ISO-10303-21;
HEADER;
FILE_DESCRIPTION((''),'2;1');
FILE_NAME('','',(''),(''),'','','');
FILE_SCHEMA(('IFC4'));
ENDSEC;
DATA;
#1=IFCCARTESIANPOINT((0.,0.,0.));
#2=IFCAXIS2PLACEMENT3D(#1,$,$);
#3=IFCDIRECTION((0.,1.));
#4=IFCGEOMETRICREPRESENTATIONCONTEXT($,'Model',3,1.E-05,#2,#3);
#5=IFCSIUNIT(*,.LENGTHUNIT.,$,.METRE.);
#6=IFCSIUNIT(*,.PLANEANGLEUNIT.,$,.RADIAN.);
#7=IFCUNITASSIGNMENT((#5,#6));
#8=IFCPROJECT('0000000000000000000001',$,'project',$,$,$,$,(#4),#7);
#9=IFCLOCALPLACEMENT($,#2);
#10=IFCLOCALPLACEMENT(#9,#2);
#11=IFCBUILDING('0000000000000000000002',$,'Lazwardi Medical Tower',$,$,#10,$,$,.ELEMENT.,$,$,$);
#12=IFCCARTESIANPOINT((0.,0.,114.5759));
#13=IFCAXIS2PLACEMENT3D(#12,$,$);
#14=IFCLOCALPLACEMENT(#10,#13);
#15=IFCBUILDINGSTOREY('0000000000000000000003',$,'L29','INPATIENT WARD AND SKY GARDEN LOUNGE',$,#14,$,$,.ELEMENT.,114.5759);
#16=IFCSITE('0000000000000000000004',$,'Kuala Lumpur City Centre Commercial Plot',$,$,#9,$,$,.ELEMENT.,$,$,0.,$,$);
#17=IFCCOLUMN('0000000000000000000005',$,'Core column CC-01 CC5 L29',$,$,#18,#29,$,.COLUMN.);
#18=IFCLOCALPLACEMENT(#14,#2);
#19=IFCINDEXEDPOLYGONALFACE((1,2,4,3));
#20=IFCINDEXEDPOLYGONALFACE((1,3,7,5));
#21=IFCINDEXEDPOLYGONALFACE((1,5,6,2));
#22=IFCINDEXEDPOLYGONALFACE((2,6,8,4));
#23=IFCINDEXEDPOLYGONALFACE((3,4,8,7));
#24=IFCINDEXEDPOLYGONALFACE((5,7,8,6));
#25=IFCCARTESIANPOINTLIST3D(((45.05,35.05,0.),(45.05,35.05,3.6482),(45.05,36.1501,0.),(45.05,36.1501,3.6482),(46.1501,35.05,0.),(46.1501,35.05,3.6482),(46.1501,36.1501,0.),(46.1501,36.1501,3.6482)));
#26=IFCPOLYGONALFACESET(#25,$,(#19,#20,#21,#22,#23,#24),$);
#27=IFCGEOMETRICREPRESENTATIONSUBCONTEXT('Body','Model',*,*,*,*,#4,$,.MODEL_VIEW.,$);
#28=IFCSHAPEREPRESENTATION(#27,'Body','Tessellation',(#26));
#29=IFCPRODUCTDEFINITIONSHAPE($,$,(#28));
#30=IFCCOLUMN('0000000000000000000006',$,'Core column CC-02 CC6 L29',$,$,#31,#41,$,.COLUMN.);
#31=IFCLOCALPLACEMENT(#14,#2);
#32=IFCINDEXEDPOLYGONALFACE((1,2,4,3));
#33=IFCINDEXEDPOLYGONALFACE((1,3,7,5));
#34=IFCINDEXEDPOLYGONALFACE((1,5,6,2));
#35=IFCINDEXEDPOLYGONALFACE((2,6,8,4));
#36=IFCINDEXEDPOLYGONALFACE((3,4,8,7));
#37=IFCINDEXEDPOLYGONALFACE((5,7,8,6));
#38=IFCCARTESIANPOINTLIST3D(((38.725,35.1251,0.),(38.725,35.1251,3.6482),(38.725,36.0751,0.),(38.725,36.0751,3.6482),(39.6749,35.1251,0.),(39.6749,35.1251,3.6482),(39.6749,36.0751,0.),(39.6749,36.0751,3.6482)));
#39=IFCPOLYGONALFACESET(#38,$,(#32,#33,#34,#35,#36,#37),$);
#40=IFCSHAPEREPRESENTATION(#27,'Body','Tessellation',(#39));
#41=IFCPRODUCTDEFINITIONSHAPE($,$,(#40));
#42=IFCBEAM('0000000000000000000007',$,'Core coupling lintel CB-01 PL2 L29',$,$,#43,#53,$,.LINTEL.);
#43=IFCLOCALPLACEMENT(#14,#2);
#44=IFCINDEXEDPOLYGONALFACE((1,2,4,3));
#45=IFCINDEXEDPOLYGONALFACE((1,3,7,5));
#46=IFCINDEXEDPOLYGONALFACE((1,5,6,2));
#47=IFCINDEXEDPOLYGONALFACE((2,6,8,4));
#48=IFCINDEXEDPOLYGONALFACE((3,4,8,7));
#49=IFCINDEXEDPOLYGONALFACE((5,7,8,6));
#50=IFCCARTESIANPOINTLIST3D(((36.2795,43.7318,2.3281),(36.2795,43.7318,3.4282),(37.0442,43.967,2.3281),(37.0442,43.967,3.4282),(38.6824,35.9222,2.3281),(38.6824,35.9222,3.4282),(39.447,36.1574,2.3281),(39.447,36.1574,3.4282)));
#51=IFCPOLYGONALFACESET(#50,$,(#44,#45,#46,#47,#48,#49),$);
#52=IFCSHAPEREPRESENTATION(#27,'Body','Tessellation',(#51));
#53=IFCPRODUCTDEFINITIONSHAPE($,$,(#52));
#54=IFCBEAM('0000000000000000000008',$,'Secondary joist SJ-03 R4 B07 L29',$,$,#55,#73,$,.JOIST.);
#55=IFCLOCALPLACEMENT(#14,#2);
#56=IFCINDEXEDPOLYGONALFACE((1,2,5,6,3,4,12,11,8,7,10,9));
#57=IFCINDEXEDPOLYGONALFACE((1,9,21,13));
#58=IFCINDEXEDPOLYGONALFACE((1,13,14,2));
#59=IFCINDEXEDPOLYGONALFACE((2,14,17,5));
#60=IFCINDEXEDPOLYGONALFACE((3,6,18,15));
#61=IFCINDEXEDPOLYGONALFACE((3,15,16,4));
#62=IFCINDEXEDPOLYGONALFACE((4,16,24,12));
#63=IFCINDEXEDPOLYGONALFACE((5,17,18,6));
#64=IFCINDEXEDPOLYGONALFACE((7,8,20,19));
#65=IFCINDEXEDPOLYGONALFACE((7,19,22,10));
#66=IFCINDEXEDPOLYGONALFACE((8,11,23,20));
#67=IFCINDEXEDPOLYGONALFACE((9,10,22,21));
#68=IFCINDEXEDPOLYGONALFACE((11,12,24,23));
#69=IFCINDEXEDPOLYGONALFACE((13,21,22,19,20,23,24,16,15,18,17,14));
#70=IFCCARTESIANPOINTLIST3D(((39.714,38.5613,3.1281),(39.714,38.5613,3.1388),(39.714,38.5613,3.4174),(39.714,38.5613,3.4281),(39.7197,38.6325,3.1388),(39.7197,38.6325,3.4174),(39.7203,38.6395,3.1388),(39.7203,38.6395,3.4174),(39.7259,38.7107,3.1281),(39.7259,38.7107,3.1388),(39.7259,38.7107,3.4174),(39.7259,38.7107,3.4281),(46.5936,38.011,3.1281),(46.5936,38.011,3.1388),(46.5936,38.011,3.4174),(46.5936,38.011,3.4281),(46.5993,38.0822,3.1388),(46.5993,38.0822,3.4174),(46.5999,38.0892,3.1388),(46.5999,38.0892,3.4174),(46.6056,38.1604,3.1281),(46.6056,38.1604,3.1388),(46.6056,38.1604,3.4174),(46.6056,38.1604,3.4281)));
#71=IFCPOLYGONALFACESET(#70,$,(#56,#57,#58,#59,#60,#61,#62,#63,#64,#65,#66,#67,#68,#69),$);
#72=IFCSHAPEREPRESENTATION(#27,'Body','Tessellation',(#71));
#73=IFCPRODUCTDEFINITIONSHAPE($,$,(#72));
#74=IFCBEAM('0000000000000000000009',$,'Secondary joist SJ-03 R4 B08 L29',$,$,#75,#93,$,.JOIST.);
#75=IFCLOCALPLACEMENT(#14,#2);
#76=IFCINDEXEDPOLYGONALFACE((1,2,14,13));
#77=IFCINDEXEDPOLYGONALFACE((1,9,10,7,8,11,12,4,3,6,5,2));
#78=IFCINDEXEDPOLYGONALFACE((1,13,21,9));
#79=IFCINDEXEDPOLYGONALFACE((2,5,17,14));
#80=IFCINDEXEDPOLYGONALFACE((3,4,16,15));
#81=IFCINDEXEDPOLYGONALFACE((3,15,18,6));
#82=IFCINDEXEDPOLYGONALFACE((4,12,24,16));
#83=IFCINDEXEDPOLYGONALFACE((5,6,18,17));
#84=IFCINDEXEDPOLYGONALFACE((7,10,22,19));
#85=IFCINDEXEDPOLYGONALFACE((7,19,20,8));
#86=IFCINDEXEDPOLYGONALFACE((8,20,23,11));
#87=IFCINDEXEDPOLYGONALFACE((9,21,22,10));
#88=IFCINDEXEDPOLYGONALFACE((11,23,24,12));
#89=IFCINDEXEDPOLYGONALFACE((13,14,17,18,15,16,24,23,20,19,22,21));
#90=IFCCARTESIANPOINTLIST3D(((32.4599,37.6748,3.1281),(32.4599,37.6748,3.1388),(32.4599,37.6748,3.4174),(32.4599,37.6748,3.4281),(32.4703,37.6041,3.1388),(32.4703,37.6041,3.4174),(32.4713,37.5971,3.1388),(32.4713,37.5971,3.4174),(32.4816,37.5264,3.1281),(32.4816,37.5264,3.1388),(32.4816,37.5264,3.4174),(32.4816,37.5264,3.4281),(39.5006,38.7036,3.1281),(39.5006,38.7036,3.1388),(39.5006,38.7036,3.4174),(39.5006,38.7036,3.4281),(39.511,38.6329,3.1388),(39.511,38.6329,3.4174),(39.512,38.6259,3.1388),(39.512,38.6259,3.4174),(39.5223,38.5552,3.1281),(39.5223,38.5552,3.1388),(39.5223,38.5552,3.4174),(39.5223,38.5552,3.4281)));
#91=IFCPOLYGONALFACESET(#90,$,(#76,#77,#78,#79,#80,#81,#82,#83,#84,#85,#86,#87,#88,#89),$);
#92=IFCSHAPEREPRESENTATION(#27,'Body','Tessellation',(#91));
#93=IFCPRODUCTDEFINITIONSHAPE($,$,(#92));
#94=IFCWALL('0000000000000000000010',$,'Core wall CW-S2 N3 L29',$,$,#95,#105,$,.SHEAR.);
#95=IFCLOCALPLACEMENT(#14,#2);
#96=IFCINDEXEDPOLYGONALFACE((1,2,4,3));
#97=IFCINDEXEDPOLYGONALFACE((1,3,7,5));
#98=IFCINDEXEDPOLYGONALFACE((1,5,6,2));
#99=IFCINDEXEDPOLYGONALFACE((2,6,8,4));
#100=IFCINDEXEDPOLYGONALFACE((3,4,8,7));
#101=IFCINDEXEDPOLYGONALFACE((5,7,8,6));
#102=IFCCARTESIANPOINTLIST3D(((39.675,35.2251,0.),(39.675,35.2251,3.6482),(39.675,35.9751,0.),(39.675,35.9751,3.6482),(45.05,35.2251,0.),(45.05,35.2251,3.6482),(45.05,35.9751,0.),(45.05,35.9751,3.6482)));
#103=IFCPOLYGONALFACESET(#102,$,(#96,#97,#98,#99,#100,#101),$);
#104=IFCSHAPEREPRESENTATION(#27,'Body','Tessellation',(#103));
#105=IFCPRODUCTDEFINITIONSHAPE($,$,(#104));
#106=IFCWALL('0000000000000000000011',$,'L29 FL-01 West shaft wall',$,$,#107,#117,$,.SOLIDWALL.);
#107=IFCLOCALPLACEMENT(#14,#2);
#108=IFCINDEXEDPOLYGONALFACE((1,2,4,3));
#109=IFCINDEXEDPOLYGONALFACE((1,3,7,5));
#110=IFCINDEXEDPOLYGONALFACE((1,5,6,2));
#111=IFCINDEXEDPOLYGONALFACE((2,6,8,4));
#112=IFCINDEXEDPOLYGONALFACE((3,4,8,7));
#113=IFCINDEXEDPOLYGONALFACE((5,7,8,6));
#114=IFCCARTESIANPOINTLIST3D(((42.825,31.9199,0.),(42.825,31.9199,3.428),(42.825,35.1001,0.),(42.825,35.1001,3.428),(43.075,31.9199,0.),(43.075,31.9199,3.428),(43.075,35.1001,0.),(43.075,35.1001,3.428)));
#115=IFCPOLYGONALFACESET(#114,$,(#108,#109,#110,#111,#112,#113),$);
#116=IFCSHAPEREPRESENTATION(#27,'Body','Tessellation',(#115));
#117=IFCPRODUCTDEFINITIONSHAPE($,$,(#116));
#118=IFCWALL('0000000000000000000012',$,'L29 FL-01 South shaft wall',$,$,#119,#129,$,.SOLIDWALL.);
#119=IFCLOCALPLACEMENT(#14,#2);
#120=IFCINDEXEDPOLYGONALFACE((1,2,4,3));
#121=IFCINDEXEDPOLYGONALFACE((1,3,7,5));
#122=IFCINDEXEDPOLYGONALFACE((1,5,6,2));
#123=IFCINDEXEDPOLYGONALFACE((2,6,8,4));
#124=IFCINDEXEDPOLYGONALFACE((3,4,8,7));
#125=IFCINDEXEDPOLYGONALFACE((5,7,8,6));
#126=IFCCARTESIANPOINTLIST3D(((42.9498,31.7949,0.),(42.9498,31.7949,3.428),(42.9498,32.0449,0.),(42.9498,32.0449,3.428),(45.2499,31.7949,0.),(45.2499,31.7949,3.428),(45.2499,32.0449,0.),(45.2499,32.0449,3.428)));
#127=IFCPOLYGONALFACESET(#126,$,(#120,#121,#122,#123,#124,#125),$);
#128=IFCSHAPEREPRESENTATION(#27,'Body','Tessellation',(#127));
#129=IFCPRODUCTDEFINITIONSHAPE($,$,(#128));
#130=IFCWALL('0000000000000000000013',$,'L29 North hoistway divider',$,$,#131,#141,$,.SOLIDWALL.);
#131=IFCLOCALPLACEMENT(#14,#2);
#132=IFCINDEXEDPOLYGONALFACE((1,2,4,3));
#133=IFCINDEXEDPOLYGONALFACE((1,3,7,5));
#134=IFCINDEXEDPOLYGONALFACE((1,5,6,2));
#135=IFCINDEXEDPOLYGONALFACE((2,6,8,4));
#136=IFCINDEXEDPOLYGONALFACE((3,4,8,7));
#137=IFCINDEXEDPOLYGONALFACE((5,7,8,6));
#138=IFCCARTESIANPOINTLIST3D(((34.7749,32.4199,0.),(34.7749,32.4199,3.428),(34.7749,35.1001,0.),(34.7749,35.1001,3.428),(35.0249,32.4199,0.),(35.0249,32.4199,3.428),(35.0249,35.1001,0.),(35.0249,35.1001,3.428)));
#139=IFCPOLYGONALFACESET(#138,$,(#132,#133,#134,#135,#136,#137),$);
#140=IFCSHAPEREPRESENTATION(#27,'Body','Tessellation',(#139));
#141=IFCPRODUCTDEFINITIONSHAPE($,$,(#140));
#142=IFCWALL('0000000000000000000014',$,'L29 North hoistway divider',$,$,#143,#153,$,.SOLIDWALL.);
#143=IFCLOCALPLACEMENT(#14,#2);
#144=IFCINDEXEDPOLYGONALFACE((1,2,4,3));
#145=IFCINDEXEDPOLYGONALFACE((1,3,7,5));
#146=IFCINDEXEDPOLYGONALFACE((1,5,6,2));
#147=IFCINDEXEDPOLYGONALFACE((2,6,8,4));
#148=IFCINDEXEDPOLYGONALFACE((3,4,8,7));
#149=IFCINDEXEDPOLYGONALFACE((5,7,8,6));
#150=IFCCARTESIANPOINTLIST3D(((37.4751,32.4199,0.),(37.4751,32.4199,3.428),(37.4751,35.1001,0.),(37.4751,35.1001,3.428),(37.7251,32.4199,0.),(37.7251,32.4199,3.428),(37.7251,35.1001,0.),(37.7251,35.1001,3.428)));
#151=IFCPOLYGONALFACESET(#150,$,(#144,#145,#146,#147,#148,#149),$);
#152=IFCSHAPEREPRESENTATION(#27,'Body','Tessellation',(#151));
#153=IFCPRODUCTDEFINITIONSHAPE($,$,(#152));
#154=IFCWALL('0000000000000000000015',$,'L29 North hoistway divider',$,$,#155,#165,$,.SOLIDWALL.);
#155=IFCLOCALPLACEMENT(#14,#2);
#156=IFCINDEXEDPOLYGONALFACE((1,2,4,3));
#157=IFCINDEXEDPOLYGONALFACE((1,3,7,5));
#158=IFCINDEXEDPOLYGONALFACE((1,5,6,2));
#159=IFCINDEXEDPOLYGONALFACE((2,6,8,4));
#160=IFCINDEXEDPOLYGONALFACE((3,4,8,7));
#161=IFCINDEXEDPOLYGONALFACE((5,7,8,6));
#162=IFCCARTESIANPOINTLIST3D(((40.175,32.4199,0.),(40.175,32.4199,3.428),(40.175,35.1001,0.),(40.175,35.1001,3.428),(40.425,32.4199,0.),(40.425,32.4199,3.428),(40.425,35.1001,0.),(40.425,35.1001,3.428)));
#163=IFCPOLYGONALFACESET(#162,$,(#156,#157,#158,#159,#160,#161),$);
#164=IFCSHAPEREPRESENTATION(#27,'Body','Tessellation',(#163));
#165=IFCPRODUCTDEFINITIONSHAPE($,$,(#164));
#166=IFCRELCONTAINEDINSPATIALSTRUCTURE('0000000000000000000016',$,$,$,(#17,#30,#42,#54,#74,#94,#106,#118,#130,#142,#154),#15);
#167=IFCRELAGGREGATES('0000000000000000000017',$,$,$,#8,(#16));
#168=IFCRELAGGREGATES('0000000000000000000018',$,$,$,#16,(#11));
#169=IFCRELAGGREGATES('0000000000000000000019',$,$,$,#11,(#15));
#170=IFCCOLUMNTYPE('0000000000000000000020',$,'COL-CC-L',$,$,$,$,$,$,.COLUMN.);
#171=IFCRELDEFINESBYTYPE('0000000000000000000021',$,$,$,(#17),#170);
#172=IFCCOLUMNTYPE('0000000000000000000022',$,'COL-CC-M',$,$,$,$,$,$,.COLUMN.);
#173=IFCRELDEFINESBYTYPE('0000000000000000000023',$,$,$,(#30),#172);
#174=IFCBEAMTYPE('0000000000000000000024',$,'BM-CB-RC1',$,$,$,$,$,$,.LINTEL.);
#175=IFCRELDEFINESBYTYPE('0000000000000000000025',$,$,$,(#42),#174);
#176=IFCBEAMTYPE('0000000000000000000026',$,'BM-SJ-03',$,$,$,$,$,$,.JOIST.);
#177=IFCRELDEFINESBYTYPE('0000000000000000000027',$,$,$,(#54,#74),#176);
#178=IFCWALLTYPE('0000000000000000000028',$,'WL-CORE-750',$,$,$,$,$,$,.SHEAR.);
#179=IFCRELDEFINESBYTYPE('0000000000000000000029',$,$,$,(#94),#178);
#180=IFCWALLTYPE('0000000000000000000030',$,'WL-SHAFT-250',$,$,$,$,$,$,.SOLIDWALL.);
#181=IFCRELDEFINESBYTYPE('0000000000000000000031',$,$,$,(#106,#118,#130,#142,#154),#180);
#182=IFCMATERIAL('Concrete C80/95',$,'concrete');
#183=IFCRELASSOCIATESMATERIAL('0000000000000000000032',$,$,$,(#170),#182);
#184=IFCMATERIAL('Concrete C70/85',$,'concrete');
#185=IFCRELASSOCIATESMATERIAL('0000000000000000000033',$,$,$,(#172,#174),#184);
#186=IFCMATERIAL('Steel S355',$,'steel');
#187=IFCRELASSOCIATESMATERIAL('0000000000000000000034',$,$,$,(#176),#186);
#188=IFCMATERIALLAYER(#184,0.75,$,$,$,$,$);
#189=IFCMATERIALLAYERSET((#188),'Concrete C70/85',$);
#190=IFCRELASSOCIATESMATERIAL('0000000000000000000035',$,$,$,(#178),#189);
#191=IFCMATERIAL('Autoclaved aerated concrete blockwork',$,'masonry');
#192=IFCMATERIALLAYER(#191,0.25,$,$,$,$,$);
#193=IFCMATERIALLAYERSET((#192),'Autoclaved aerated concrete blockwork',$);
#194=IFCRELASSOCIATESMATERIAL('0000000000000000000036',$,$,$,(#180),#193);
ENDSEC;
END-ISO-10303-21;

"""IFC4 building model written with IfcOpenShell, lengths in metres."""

from ifc_helpers import new_model, si_unit, direction, frame, frame_2d, origin, origin_2d, place, context, subcontext, project, spatial, rectangle, i_section, extrude, material, layer, layer_set, material_profile, profile_set, type_object, element, save


model = new_model("IFC4")

# Units and contexts
model_context = context("Model", 3, precision=1e-05, world=origin(), true_north=direction((0.0, 1.0)))
body_context = subcontext(model_context, "Body", "Model", "MODEL_VIEW")
ifc_project = project(units=[si_unit("LENGTHUNIT", "METRE"), si_unit("PLANEANGLEUNIT", "RADIAN")], contexts=[model_context])

# Site, building, storey
site_placement = place(None, origin())
site = spatial("IfcSite", under=ifc_project, at=site_placement, Name="Kuala Lumpur City Centre Commercial Plot", CompositionType="ELEMENT", RefElevation=0.0)
building_placement = place(site_placement, origin())
building = spatial("IfcBuilding", under=site, at=building_placement, Name="Lazwardi Medical Tower", CompositionType="ELEMENT")
storey_placement = place(building_placement, frame((0.0, 0.0, 114.5759)))
storey = spatial("IfcBuildingStorey", under=building, at=storey_placement, Name="L29", Description="INPATIENT WARD AND SKY GARDEN LOUNGE", CompositionType="ELEMENT", Elevation=114.5759)

# Columns
ifc_material_1 = material(Name="Concrete C80/95", Category="concrete")
ifc_material_profile_1 = material_profile(ifc_material_1, rectangle(XDim=1.1001, YDim=1.1001, at=origin_2d()), Name="RC 1100x1100")
ifc_profile_set_1 = profile_set([ifc_material_profile_1], Name="Concrete C80/95")
column_type_1 = type_object("IfcColumnType", Name="COL-CC-L", PredefinedType="COLUMN", material=ifc_profile_set_1)
column_1_placement = place(storey_placement, frame((45.6001, 35.6001, 0.0), z_axis=(0.0, 0.0, 1.0), x_axis=(1.0, 0.0, 0.0)))
element("IfcColumn", 1, at=column_1_placement, inside=storey, type_object=column_type_1, Name="Core column CC-01 CC5 L29", PredefinedType="COLUMN", context=body_context, shape_type="SweptSolid", body=[
    extrude(rectangle(XDim=1.1001, YDim=1.1001, at=origin_2d()), origin(), (0.0, 0.0, 1.0), 3.6482),
])
ifc_material_2 = material(Name="Concrete C70/85", Category="concrete")
ifc_material_profile_2 = material_profile(ifc_material_2, rectangle(XDim=0.95, YDim=0.95, at=origin_2d()), Name="RC 950x950")
ifc_profile_set_2 = profile_set([ifc_material_profile_2], Name="Concrete C70/85")
column_type_2 = type_object("IfcColumnType", Name="COL-CC-M", PredefinedType="COLUMN", material=ifc_profile_set_2)
column_2_placement = place(storey_placement, frame((39.2, 35.6001, 0.0), z_axis=(0.0, 0.0, 1.0), x_axis=(1.0, 0.0, 0.0)))
element("IfcColumn", 2, at=column_2_placement, inside=storey, type_object=column_type_2, Name="Core column CC-02 CC6 L29", PredefinedType="COLUMN", context=body_context, shape_type="SweptSolid", body=[
    extrude(rectangle(XDim=0.95, YDim=0.95, at=origin_2d()), origin(), (0.0, 0.0, 1.0), 3.6482),
])

# Beams
ifc_material_profile_3 = material_profile(ifc_material_2, rectangle(XDim=0.8, YDim=1.1001, at=origin_2d()), Name="RC 800x1100")
ifc_profile_set_3 = profile_set([ifc_material_profile_3], Name="Concrete C70/85")
beam_type_1 = type_object("IfcBeamType", Name="BM-CB-RC1", PredefinedType="LINTEL", material=ifc_profile_set_3)
beam_1_placement = place(storey_placement, frame((39.0647, 36.0398, 2.8782), z_axis=(-0.294073, 0.955783, 0.0), x_axis=(-0.955783, -0.294073, 0.0)))
element("IfcBeam", 3, at=beam_1_placement, inside=storey, type_object=beam_type_1, Name="Core coupling lintel CB-01 PL2 L29", PredefinedType="LINTEL", context=body_context, shape_type="SweptSolid", body=[
    extrude(rectangle(XDim=0.8, YDim=1.1001, at=origin_2d()), origin(), (0.0, 0.0, 1.0), 8.1709),
])
ifc_material_3 = material(Name="Steel S355", Category="steel")
ifc_material_profile_4 = material_profile(ifc_material_3, i_section(OverallWidth=0.1499, OverallDepth=0.3, WebThickness=0.0071, FlangeThickness=0.0107, at=origin_2d()), Name="IPE 300")
ifc_profile_set_4 = profile_set([ifc_material_profile_4], Name="Steel S355")
beam_type_2 = type_object("IfcBeamType", Name="BM-SJ-03", PredefinedType="JOIST", material=ifc_profile_set_4)
beam_2_placement = place(storey_placement, frame((46.5996, 38.0857, 3.2781), z_axis=(-0.996816, 0.079734, 0.0), x_axis=(-0.079734, -0.996816, 0.0)))
element("IfcBeam", 4, at=beam_2_placement, inside=storey, type_object=beam_type_2, Name="Secondary joist SJ-03 R4 B07 L29", PredefinedType="JOIST", context=body_context, shape_type="SweptSolid", body=[
    extrude(i_section(OverallWidth=0.1499, OverallDepth=0.3, WebThickness=0.0071, FlangeThickness=0.0107, at=origin_2d()), origin(), (0.0, 0.0, 1.0), 6.9016),
])
beam_3_placement = place(storey_placement, frame((39.5115, 38.6294, 3.2781), z_axis=(-0.989492, -0.144586, 0.0), x_axis=(0.144586, -0.989492, 0.0)))
element("IfcBeam", 5, at=beam_3_placement, inside=storey, type_object=beam_type_2, Name="Secondary joist SJ-03 R4 B08 L29", PredefinedType="JOIST", context=body_context, shape_type="SweptSolid", body=[
    extrude(i_section(OverallWidth=0.1499, OverallDepth=0.3, WebThickness=0.0071, FlangeThickness=0.0107, at=origin_2d()), origin(), (0.0, 0.0, 1.0), 7.1155),
])

# Walls
ifc_layer_1 = layer(ifc_material_2, 0.75)
ifc_layer_set_1 = layer_set([ifc_layer_1], Name="Concrete C70/85")
wall_type_1 = type_object("IfcWallType", Name="WL-CORE-750", PredefinedType="SHEAR", material=ifc_layer_set_1)
wall_1_placement = place(storey_placement, frame((39.675, 35.6001, 0.0), z_axis=(0.0, 0.0, 1.0), x_axis=(1.0, 0.0, 0.0)))
element("IfcWall", 6, at=wall_1_placement, inside=storey, type_object=wall_type_1, Name="Core wall CW-S2 N3 L29", PredefinedType="SHEAR", context=body_context, shape_type="SweptSolid", body=[
    extrude(rectangle(XDim=5.375, YDim=0.75, at=frame_2d((2.6875, 0.0))), origin(), (0.0, 0.0, 1.0), 3.6482),
])
ifc_material_4 = material(Name="Autoclaved aerated concrete blockwork", Category="masonry")
ifc_layer_2 = layer(ifc_material_4, 0.25)
ifc_layer_set_2 = layer_set([ifc_layer_2], Name="Autoclaved aerated concrete blockwork")
wall_type_2 = type_object("IfcWallType", Name="WL-SHAFT-250", PredefinedType="SOLIDWALL", material=ifc_layer_set_2)
wall_2_placement = place(storey_placement, frame((42.95, 31.9199, 0.0), z_axis=(0.0, 0.0, 1.0), x_axis=(0.0, 1.0, 0.0)))
element("IfcWall", 7, at=wall_2_placement, inside=storey, type_object=wall_type_2, Name="L29 FL-01 West shaft wall", PredefinedType="SOLIDWALL", context=body_context, shape_type="SweptSolid", body=[
    extrude(rectangle(XDim=3.1802, YDim=0.25, at=frame_2d((1.5901, 0.0))), origin(), (0.0, 0.0, 1.0), 3.428),
])
wall_3_placement = place(storey_placement, frame((42.95, 31.9199, 0.0), z_axis=(0.0, 0.0, 1.0), x_axis=(1.0, 0.0, 0.0)))
element("IfcWall", 8, at=wall_3_placement, inside=storey, type_object=wall_type_2, Name="L29 FL-01 South shaft wall", PredefinedType="SOLIDWALL", context=body_context, shape_type="SweptSolid", body=[
    extrude(rectangle(XDim=2.3, YDim=0.25, at=frame_2d((1.1499, 0.0))), origin(), (0.0, 0.0, 1.0), 3.428),
])
for number, where, z_axis, x_axis, name in (
    (9, (34.8999, 32.4199, 0.0), (0.0, 0.0, 1.0), (0.0, 1.0, 0.0), "L29 North hoistway divider"),
    (10, (37.6001, 32.4199, 0.0), (0.0, 0.0, 1.0), (0.0, 1.0, 0.0), "L29 North hoistway divider"),
    (11, (40.3, 32.4199, 0.0), (0.0, 0.0, 1.0), (0.0, 1.0, 0.0), "L29 North hoistway divider"),
):
    element("IfcWall", number, at=place(storey_placement, frame(where, z_axis=z_axis, x_axis=x_axis)), inside=storey, type_object=wall_type_2, Name=name, PredefinedType="SOLIDWALL", context=body_context, shape_type="SweptSolid", body=[
        extrude(rectangle(XDim=2.6802, YDim=0.25, at=frame_2d((1.3401, 0.0))), origin(), (0.0, 0.0, 1.0), 3.428),
    ])

save(model, "model.ifc")
